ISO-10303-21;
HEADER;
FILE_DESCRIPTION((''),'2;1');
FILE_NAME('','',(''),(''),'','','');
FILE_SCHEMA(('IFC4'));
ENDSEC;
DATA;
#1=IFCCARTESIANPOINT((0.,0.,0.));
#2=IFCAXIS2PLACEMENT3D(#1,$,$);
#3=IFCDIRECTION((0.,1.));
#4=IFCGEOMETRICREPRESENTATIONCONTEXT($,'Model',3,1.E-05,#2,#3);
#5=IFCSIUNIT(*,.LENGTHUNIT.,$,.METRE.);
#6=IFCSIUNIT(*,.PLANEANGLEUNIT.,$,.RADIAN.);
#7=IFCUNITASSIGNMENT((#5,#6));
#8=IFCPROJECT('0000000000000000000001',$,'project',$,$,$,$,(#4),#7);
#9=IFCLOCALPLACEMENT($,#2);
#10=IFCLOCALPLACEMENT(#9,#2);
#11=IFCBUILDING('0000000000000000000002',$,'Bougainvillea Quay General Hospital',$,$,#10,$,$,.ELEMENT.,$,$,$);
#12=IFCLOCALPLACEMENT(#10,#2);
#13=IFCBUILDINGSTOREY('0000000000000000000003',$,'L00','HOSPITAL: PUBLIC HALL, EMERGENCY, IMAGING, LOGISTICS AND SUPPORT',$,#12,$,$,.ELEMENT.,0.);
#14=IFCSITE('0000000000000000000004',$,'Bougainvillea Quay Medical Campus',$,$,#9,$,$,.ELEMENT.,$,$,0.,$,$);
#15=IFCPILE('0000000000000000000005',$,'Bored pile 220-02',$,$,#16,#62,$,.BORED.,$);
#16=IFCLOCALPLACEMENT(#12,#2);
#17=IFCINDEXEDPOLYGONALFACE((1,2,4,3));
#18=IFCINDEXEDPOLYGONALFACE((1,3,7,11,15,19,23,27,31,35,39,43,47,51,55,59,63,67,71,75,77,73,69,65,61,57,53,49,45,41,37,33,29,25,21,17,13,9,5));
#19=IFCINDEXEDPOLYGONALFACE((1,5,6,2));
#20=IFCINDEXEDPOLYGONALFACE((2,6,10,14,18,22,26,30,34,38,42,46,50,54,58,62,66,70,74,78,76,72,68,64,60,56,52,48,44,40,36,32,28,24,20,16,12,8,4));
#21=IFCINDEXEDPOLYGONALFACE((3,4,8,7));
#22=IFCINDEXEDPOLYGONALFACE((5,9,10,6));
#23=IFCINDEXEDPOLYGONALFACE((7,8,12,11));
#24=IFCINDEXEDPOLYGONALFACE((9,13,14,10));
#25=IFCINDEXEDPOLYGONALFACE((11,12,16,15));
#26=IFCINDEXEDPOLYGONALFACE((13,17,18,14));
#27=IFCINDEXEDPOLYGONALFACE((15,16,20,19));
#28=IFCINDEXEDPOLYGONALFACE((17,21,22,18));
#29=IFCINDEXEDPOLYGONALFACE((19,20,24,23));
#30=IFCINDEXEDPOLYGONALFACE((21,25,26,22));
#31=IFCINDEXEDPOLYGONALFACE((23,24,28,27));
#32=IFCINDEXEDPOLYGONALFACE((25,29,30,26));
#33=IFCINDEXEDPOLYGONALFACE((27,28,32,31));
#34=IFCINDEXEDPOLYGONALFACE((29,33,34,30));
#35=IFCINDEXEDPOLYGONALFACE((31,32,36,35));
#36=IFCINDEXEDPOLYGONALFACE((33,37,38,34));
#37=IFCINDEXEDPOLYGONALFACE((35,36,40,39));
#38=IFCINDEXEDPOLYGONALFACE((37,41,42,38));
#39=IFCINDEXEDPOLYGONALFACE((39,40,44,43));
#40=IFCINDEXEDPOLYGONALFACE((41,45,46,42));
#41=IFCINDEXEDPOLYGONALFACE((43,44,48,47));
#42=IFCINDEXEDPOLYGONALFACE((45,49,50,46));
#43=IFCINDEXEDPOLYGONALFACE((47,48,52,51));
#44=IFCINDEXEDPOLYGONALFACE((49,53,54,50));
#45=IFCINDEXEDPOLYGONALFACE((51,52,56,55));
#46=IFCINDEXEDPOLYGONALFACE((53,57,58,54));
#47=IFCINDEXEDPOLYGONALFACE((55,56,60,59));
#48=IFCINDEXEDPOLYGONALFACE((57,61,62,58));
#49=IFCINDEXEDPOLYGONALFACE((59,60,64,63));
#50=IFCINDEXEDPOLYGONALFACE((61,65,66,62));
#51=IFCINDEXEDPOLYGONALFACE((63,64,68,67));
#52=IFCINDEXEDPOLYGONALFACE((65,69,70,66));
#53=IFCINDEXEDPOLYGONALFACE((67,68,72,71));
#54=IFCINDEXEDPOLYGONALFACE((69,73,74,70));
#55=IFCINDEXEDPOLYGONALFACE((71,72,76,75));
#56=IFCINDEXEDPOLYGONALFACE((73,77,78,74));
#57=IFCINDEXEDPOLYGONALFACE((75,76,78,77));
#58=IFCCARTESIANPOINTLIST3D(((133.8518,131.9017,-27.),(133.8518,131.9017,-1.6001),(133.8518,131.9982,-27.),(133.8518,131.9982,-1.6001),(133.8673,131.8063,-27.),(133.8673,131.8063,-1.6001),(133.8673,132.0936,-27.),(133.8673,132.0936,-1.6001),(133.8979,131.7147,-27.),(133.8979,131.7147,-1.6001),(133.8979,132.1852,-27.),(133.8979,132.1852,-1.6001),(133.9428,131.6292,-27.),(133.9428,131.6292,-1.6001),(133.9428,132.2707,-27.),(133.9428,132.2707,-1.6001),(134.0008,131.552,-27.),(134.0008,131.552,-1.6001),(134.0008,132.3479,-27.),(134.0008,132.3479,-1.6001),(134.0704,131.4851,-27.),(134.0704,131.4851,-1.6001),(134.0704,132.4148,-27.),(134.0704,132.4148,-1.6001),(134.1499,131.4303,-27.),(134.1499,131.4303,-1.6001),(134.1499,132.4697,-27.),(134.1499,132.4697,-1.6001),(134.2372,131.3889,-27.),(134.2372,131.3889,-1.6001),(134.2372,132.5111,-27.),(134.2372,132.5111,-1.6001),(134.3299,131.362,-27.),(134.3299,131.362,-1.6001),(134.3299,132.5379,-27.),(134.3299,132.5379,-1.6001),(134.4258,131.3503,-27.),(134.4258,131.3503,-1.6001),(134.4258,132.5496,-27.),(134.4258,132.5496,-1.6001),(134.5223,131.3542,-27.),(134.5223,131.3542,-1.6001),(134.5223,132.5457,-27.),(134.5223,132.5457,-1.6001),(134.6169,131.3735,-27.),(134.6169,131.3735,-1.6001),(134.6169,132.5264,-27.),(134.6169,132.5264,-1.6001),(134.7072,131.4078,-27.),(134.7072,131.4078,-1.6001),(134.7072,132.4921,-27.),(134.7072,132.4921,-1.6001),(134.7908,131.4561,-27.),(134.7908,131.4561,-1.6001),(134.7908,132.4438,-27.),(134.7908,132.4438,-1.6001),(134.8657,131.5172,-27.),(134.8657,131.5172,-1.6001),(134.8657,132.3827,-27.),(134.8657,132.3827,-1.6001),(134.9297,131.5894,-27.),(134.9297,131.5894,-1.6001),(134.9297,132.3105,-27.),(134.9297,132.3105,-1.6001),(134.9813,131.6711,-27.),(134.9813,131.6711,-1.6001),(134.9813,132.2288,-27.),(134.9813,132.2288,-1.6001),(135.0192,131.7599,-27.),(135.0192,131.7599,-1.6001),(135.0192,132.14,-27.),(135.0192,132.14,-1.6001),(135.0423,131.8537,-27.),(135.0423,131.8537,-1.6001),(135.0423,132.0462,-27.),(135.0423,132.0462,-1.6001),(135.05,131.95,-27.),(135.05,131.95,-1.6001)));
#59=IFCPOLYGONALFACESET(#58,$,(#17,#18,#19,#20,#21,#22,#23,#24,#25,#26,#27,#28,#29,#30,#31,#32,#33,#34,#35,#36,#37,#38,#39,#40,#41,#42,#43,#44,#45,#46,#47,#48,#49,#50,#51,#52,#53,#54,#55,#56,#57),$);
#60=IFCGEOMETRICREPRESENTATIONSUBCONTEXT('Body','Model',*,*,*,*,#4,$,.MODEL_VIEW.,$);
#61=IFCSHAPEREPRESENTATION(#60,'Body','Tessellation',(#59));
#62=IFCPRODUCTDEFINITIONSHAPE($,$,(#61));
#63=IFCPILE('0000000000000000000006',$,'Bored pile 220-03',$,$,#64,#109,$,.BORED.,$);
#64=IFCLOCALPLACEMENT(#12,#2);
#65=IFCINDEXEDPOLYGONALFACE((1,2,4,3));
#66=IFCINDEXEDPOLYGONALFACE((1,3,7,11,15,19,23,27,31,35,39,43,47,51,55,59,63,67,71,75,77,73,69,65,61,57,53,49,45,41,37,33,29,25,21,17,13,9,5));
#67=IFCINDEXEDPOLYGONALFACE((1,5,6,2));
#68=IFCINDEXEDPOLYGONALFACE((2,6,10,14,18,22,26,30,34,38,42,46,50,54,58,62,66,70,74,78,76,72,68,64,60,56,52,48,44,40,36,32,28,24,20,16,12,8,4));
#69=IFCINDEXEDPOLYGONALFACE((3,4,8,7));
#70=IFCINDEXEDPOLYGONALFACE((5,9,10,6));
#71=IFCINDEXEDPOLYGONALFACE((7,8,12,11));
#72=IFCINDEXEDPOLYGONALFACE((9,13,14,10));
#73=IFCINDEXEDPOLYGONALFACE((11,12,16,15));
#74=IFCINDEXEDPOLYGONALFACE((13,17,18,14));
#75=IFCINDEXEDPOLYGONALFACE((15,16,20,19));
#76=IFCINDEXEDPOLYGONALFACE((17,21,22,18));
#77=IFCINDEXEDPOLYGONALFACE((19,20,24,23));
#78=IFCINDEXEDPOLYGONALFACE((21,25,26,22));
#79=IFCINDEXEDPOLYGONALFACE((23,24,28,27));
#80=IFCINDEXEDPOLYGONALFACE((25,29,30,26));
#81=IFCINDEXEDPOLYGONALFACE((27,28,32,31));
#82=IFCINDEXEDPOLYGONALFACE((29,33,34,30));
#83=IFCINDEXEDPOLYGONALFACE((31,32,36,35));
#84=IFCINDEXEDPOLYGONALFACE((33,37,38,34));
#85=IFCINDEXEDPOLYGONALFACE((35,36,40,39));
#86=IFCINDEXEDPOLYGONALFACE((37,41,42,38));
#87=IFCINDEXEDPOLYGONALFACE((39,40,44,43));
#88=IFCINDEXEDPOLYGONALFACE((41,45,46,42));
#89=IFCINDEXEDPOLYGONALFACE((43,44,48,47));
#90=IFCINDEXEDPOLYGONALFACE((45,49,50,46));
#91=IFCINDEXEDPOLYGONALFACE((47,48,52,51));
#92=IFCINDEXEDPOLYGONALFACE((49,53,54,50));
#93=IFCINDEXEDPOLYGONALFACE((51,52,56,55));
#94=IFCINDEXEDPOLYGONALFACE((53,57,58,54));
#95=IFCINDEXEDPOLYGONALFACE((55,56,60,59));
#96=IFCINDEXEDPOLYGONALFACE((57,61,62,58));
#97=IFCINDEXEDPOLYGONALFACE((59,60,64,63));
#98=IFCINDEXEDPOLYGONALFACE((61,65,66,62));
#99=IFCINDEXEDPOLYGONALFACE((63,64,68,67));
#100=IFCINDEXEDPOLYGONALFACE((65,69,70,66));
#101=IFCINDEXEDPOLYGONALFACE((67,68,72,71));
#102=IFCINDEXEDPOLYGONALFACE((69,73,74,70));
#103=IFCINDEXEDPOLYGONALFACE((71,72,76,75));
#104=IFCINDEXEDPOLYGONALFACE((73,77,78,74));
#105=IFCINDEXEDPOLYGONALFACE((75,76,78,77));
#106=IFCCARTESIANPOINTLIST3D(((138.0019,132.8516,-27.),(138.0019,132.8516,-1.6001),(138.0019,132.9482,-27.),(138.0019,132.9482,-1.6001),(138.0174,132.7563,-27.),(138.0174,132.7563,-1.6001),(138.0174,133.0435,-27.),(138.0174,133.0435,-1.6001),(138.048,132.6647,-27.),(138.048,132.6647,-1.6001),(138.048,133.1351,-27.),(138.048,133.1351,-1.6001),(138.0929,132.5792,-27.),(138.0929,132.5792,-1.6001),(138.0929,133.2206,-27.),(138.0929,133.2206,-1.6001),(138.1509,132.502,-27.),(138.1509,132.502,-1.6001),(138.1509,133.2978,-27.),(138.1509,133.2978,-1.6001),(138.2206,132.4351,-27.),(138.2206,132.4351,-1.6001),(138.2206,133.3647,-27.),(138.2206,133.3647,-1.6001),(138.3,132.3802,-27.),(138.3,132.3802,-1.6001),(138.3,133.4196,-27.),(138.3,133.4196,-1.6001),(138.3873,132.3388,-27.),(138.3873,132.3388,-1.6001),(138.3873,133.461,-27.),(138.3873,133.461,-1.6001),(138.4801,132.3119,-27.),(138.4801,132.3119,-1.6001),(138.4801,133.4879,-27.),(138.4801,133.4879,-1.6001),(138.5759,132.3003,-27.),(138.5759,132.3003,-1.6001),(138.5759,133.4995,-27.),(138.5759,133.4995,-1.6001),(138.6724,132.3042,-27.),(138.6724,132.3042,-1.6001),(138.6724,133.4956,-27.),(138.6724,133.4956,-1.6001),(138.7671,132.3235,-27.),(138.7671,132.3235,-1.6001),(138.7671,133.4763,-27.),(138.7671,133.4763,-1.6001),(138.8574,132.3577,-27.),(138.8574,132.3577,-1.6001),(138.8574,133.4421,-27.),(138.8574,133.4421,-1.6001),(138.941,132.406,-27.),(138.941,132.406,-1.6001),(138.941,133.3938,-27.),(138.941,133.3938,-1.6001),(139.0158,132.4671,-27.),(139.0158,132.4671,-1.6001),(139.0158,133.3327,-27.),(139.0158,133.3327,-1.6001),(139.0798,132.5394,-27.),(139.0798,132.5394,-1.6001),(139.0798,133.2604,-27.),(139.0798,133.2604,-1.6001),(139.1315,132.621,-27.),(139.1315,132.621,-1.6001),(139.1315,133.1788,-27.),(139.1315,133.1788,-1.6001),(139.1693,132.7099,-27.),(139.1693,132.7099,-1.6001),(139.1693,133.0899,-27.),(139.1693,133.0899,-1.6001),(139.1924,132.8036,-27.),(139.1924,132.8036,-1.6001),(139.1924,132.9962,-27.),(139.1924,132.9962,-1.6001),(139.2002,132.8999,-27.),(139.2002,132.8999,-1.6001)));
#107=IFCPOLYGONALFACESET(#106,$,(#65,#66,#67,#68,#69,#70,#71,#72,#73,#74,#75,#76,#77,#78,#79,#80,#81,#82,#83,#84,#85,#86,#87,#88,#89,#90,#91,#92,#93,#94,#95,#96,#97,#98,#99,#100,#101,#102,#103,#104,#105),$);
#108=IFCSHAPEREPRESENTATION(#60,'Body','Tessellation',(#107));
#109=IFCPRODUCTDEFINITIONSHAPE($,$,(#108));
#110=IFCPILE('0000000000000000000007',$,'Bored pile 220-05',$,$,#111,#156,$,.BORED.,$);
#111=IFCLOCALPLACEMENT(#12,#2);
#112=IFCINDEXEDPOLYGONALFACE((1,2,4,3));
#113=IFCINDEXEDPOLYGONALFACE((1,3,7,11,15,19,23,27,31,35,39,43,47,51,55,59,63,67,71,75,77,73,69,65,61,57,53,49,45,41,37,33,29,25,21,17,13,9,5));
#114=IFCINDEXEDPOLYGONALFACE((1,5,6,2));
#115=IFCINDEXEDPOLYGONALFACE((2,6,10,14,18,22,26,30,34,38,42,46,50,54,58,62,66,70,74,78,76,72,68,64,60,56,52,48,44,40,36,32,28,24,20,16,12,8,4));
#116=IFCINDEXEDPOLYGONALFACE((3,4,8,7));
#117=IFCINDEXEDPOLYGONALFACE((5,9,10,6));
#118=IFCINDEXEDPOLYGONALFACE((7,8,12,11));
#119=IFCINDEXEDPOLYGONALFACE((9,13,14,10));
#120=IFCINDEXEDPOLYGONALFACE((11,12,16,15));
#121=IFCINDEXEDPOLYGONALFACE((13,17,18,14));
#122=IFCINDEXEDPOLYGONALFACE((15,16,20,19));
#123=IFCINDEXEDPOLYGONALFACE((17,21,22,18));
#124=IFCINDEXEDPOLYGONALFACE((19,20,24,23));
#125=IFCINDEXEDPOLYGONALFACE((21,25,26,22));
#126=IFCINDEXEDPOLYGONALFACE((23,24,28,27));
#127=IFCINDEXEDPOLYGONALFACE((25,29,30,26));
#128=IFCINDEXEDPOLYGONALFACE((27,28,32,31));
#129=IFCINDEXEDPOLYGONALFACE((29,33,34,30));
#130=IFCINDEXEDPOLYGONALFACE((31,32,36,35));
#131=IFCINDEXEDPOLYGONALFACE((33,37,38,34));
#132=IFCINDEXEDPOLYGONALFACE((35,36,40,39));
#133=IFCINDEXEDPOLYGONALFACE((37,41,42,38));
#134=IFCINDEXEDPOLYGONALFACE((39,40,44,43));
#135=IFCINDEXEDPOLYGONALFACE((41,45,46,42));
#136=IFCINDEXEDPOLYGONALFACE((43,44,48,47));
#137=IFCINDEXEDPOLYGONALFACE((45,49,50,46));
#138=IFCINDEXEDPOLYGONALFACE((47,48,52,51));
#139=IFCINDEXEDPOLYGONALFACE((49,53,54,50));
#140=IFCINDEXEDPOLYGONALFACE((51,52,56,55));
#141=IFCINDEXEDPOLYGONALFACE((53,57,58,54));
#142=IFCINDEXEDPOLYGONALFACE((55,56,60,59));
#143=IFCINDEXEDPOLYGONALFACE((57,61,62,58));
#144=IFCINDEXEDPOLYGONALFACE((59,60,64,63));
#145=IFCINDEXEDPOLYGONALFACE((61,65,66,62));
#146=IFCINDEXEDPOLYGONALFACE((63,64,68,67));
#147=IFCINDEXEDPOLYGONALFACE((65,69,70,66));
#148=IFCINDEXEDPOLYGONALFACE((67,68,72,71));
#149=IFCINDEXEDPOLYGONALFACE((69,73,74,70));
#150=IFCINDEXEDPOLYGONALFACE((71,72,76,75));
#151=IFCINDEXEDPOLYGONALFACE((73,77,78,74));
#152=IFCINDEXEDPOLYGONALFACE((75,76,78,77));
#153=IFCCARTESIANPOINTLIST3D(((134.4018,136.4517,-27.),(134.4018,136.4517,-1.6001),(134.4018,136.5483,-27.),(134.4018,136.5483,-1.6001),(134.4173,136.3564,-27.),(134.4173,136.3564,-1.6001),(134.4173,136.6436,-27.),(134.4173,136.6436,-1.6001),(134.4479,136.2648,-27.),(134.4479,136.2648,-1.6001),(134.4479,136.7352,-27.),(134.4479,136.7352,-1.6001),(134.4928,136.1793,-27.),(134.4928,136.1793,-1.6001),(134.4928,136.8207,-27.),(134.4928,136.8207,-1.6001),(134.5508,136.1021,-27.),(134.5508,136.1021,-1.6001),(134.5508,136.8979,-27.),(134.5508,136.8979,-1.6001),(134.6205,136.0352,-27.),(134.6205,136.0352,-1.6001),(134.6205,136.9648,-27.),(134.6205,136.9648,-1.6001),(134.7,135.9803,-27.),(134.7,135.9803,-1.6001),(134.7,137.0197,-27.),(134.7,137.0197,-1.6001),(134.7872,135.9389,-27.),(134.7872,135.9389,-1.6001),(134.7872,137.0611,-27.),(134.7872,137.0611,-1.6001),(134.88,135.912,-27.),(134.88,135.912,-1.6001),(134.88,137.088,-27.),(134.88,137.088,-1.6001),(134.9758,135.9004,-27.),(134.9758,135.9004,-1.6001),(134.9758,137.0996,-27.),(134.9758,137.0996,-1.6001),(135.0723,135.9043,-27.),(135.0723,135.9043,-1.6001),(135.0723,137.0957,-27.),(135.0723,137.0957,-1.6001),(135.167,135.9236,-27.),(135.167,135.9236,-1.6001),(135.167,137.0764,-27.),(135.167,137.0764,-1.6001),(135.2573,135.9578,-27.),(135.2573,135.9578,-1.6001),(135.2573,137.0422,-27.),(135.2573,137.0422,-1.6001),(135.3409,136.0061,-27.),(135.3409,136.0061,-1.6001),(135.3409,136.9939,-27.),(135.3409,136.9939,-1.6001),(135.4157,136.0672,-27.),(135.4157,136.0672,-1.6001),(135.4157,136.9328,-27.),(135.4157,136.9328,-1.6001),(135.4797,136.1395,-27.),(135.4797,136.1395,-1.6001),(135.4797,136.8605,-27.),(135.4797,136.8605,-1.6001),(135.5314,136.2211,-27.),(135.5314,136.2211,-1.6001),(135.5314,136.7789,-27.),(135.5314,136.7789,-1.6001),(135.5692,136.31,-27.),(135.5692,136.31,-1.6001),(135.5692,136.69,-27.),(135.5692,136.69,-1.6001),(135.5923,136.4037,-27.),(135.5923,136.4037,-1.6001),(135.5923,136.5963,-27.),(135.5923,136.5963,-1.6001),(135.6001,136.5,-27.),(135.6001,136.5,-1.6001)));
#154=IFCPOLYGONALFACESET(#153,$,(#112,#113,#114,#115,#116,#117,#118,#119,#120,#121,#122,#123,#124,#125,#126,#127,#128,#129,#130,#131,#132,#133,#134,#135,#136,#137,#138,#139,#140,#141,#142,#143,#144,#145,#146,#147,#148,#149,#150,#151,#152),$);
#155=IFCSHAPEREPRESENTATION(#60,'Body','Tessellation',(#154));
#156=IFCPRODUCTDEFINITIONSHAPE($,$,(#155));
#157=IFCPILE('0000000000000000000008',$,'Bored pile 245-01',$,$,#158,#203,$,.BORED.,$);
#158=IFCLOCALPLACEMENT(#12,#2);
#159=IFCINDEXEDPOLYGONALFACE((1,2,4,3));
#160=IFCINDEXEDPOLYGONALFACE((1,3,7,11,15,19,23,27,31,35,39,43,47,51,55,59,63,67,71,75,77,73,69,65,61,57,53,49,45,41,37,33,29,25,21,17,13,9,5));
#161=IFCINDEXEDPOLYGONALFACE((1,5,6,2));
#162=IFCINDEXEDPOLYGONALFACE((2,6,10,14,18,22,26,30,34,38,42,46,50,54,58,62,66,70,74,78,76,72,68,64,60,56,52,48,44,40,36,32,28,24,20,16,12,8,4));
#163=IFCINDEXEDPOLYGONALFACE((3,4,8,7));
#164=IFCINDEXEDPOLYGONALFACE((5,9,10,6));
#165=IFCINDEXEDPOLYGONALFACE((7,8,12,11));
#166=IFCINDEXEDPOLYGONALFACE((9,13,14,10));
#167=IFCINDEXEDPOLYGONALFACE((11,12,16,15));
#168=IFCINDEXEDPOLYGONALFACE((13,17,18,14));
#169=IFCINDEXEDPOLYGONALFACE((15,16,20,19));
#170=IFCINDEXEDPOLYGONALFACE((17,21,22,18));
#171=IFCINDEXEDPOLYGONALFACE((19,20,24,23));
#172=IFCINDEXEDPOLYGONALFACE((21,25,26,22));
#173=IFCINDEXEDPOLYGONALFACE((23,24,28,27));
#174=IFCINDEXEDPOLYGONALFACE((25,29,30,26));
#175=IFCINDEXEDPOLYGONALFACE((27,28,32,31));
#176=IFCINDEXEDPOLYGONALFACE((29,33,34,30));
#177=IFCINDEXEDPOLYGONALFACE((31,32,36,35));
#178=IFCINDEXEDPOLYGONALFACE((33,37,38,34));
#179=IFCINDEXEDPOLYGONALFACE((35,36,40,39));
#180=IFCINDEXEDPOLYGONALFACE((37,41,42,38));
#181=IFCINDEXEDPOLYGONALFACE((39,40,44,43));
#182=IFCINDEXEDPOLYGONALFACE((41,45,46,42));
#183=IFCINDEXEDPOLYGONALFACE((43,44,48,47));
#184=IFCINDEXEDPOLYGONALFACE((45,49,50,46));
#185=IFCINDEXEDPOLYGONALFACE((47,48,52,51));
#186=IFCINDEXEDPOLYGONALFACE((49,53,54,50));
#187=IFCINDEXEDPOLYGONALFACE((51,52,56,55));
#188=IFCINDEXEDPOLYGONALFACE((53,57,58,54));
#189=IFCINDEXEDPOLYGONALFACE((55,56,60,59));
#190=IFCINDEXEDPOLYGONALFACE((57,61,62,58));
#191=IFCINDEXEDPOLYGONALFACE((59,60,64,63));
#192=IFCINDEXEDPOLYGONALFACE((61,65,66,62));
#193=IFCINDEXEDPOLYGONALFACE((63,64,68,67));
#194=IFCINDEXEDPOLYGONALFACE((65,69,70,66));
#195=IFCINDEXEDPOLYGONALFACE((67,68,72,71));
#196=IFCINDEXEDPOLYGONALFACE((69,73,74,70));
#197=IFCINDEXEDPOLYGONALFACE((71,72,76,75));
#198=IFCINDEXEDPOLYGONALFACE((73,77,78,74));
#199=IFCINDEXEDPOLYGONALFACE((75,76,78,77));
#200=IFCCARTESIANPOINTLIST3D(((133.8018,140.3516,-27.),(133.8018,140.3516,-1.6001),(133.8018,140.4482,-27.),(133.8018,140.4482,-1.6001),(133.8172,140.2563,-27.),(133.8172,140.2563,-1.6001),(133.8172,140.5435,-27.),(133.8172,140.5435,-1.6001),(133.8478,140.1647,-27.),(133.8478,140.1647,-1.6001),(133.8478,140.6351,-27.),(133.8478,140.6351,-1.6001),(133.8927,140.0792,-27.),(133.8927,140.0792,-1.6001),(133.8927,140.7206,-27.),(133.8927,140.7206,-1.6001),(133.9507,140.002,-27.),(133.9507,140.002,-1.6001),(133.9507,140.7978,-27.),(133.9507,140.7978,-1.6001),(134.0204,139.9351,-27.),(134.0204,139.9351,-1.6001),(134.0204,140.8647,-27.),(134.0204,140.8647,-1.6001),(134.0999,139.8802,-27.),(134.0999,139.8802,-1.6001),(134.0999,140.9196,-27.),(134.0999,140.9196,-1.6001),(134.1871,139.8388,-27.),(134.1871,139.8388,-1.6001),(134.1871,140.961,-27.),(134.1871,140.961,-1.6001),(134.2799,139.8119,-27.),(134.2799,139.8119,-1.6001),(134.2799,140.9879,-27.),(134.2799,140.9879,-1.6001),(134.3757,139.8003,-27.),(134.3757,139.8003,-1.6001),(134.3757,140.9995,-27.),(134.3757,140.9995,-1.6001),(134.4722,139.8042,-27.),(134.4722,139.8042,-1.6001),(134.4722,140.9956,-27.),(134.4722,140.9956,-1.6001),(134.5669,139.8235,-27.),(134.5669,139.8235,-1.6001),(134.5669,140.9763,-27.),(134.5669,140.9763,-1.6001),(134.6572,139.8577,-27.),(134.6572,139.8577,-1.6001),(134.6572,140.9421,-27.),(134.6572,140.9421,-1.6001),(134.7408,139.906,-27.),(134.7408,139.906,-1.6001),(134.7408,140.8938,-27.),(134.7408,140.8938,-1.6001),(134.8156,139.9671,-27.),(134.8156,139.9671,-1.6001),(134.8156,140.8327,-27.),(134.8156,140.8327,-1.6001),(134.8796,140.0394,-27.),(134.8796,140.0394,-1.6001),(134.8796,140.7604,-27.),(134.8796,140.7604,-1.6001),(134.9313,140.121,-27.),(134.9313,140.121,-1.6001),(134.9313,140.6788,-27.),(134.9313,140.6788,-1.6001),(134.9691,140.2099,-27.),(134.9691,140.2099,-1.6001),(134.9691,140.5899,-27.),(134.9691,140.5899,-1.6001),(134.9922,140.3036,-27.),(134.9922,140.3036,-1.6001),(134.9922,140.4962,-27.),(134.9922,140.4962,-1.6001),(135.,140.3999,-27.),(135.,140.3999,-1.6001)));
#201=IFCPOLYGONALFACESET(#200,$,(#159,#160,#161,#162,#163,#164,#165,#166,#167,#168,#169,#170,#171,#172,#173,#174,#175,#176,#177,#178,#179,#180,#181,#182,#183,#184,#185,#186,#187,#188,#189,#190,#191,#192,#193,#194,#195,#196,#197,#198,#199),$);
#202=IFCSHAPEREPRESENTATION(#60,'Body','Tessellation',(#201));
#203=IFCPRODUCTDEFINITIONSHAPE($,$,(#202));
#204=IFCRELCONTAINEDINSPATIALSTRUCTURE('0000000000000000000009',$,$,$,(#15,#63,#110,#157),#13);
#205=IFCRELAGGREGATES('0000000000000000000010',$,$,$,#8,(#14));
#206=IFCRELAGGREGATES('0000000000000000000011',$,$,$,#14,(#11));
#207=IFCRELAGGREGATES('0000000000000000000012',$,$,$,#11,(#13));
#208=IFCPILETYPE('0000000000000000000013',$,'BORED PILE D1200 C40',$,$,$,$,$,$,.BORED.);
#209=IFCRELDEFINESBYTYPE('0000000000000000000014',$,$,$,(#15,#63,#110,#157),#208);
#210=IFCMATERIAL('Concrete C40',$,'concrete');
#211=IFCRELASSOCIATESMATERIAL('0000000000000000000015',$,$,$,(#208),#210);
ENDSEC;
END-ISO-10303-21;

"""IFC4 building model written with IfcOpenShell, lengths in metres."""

from ifc_helpers import new_model, si_unit, direction, frame, origin, origin_2d, place, context, subcontext, project, spatial, circle, extrude, material, material_profile, profile_set, type_object, element, save


model = new_model("IFC4")

# Units and contexts
model_context = context("Model", 3, precision=1e-05, world=origin(), true_north=direction((0.0, 1.0)))
body_context = subcontext(model_context, "Body", "Model", "MODEL_VIEW")
ifc_project = project(units=[si_unit("LENGTHUNIT", "METRE"), si_unit("PLANEANGLEUNIT", "RADIAN")], contexts=[model_context])

# Site, building, storey
site_placement = place(None, origin())
site = spatial("IfcSite", under=ifc_project, at=site_placement, Name="Bougainvillea Quay Medical Campus", CompositionType="ELEMENT", RefElevation=0.0)
building_placement = place(site_placement, origin())
building = spatial("IfcBuilding", under=site, at=building_placement, Name="Bougainvillea Quay General Hospital", CompositionType="ELEMENT")
storey_placement = place(building_placement, origin())
storey = spatial("IfcBuildingStorey", under=building, at=storey_placement, Name="L00", Description="HOSPITAL: PUBLIC HALL, EMERGENCY, IMAGING, LOGISTICS AND SUPPORT", CompositionType="ELEMENT", Elevation=0.0)

# Piles
ifc_material_1 = material(Name="Concrete C40", Category="concrete")
ifc_material_profile_1 = material_profile(ifc_material_1, circle(Radius=0.6001, at=origin_2d()))
ifc_profile_set_1 = profile_set([ifc_material_profile_1], Name="Concrete C40")
pile_type = type_object("IfcPileType", Name="BORED PILE D1200 C40", PredefinedType="BORED", material=ifc_profile_set_1)
for number, where, z_axis, x_axis, name in (
    (1, (134.45, 131.95, -1.6001), (0.0, 0.0, -1.0), (1.0, 0.0, 0.0), "Bored pile 220-02"),
    (2, (138.6001, 132.8999, -1.6001), (0.0, 0.0, -1.0), (1.0, 0.0, 0.0), "Bored pile 220-03"),
    (3, (135.0, 136.5, -1.6001), (0.0, 0.0, -1.0), (1.0, 0.0, 0.0), "Bored pile 220-05"),
    (4, (134.3999, 140.3999, -1.6001), (0.0, 0.0, -1.0), (1.0, 0.0, 0.0), "Bored pile 245-01"),
):
    element("IfcPile", number, at=place(storey_placement, frame(where, z_axis=z_axis, x_axis=x_axis)), inside=storey, type_object=pile_type, Name=name, PredefinedType="BORED", context=body_context, shape_type="SweptSolid", body=[
        extrude(circle(Radius=0.6001, at=origin_2d()), origin(), (0.0, 0.0, 1.0), 25.3999),
    ])

save(model, "model.ifc")
